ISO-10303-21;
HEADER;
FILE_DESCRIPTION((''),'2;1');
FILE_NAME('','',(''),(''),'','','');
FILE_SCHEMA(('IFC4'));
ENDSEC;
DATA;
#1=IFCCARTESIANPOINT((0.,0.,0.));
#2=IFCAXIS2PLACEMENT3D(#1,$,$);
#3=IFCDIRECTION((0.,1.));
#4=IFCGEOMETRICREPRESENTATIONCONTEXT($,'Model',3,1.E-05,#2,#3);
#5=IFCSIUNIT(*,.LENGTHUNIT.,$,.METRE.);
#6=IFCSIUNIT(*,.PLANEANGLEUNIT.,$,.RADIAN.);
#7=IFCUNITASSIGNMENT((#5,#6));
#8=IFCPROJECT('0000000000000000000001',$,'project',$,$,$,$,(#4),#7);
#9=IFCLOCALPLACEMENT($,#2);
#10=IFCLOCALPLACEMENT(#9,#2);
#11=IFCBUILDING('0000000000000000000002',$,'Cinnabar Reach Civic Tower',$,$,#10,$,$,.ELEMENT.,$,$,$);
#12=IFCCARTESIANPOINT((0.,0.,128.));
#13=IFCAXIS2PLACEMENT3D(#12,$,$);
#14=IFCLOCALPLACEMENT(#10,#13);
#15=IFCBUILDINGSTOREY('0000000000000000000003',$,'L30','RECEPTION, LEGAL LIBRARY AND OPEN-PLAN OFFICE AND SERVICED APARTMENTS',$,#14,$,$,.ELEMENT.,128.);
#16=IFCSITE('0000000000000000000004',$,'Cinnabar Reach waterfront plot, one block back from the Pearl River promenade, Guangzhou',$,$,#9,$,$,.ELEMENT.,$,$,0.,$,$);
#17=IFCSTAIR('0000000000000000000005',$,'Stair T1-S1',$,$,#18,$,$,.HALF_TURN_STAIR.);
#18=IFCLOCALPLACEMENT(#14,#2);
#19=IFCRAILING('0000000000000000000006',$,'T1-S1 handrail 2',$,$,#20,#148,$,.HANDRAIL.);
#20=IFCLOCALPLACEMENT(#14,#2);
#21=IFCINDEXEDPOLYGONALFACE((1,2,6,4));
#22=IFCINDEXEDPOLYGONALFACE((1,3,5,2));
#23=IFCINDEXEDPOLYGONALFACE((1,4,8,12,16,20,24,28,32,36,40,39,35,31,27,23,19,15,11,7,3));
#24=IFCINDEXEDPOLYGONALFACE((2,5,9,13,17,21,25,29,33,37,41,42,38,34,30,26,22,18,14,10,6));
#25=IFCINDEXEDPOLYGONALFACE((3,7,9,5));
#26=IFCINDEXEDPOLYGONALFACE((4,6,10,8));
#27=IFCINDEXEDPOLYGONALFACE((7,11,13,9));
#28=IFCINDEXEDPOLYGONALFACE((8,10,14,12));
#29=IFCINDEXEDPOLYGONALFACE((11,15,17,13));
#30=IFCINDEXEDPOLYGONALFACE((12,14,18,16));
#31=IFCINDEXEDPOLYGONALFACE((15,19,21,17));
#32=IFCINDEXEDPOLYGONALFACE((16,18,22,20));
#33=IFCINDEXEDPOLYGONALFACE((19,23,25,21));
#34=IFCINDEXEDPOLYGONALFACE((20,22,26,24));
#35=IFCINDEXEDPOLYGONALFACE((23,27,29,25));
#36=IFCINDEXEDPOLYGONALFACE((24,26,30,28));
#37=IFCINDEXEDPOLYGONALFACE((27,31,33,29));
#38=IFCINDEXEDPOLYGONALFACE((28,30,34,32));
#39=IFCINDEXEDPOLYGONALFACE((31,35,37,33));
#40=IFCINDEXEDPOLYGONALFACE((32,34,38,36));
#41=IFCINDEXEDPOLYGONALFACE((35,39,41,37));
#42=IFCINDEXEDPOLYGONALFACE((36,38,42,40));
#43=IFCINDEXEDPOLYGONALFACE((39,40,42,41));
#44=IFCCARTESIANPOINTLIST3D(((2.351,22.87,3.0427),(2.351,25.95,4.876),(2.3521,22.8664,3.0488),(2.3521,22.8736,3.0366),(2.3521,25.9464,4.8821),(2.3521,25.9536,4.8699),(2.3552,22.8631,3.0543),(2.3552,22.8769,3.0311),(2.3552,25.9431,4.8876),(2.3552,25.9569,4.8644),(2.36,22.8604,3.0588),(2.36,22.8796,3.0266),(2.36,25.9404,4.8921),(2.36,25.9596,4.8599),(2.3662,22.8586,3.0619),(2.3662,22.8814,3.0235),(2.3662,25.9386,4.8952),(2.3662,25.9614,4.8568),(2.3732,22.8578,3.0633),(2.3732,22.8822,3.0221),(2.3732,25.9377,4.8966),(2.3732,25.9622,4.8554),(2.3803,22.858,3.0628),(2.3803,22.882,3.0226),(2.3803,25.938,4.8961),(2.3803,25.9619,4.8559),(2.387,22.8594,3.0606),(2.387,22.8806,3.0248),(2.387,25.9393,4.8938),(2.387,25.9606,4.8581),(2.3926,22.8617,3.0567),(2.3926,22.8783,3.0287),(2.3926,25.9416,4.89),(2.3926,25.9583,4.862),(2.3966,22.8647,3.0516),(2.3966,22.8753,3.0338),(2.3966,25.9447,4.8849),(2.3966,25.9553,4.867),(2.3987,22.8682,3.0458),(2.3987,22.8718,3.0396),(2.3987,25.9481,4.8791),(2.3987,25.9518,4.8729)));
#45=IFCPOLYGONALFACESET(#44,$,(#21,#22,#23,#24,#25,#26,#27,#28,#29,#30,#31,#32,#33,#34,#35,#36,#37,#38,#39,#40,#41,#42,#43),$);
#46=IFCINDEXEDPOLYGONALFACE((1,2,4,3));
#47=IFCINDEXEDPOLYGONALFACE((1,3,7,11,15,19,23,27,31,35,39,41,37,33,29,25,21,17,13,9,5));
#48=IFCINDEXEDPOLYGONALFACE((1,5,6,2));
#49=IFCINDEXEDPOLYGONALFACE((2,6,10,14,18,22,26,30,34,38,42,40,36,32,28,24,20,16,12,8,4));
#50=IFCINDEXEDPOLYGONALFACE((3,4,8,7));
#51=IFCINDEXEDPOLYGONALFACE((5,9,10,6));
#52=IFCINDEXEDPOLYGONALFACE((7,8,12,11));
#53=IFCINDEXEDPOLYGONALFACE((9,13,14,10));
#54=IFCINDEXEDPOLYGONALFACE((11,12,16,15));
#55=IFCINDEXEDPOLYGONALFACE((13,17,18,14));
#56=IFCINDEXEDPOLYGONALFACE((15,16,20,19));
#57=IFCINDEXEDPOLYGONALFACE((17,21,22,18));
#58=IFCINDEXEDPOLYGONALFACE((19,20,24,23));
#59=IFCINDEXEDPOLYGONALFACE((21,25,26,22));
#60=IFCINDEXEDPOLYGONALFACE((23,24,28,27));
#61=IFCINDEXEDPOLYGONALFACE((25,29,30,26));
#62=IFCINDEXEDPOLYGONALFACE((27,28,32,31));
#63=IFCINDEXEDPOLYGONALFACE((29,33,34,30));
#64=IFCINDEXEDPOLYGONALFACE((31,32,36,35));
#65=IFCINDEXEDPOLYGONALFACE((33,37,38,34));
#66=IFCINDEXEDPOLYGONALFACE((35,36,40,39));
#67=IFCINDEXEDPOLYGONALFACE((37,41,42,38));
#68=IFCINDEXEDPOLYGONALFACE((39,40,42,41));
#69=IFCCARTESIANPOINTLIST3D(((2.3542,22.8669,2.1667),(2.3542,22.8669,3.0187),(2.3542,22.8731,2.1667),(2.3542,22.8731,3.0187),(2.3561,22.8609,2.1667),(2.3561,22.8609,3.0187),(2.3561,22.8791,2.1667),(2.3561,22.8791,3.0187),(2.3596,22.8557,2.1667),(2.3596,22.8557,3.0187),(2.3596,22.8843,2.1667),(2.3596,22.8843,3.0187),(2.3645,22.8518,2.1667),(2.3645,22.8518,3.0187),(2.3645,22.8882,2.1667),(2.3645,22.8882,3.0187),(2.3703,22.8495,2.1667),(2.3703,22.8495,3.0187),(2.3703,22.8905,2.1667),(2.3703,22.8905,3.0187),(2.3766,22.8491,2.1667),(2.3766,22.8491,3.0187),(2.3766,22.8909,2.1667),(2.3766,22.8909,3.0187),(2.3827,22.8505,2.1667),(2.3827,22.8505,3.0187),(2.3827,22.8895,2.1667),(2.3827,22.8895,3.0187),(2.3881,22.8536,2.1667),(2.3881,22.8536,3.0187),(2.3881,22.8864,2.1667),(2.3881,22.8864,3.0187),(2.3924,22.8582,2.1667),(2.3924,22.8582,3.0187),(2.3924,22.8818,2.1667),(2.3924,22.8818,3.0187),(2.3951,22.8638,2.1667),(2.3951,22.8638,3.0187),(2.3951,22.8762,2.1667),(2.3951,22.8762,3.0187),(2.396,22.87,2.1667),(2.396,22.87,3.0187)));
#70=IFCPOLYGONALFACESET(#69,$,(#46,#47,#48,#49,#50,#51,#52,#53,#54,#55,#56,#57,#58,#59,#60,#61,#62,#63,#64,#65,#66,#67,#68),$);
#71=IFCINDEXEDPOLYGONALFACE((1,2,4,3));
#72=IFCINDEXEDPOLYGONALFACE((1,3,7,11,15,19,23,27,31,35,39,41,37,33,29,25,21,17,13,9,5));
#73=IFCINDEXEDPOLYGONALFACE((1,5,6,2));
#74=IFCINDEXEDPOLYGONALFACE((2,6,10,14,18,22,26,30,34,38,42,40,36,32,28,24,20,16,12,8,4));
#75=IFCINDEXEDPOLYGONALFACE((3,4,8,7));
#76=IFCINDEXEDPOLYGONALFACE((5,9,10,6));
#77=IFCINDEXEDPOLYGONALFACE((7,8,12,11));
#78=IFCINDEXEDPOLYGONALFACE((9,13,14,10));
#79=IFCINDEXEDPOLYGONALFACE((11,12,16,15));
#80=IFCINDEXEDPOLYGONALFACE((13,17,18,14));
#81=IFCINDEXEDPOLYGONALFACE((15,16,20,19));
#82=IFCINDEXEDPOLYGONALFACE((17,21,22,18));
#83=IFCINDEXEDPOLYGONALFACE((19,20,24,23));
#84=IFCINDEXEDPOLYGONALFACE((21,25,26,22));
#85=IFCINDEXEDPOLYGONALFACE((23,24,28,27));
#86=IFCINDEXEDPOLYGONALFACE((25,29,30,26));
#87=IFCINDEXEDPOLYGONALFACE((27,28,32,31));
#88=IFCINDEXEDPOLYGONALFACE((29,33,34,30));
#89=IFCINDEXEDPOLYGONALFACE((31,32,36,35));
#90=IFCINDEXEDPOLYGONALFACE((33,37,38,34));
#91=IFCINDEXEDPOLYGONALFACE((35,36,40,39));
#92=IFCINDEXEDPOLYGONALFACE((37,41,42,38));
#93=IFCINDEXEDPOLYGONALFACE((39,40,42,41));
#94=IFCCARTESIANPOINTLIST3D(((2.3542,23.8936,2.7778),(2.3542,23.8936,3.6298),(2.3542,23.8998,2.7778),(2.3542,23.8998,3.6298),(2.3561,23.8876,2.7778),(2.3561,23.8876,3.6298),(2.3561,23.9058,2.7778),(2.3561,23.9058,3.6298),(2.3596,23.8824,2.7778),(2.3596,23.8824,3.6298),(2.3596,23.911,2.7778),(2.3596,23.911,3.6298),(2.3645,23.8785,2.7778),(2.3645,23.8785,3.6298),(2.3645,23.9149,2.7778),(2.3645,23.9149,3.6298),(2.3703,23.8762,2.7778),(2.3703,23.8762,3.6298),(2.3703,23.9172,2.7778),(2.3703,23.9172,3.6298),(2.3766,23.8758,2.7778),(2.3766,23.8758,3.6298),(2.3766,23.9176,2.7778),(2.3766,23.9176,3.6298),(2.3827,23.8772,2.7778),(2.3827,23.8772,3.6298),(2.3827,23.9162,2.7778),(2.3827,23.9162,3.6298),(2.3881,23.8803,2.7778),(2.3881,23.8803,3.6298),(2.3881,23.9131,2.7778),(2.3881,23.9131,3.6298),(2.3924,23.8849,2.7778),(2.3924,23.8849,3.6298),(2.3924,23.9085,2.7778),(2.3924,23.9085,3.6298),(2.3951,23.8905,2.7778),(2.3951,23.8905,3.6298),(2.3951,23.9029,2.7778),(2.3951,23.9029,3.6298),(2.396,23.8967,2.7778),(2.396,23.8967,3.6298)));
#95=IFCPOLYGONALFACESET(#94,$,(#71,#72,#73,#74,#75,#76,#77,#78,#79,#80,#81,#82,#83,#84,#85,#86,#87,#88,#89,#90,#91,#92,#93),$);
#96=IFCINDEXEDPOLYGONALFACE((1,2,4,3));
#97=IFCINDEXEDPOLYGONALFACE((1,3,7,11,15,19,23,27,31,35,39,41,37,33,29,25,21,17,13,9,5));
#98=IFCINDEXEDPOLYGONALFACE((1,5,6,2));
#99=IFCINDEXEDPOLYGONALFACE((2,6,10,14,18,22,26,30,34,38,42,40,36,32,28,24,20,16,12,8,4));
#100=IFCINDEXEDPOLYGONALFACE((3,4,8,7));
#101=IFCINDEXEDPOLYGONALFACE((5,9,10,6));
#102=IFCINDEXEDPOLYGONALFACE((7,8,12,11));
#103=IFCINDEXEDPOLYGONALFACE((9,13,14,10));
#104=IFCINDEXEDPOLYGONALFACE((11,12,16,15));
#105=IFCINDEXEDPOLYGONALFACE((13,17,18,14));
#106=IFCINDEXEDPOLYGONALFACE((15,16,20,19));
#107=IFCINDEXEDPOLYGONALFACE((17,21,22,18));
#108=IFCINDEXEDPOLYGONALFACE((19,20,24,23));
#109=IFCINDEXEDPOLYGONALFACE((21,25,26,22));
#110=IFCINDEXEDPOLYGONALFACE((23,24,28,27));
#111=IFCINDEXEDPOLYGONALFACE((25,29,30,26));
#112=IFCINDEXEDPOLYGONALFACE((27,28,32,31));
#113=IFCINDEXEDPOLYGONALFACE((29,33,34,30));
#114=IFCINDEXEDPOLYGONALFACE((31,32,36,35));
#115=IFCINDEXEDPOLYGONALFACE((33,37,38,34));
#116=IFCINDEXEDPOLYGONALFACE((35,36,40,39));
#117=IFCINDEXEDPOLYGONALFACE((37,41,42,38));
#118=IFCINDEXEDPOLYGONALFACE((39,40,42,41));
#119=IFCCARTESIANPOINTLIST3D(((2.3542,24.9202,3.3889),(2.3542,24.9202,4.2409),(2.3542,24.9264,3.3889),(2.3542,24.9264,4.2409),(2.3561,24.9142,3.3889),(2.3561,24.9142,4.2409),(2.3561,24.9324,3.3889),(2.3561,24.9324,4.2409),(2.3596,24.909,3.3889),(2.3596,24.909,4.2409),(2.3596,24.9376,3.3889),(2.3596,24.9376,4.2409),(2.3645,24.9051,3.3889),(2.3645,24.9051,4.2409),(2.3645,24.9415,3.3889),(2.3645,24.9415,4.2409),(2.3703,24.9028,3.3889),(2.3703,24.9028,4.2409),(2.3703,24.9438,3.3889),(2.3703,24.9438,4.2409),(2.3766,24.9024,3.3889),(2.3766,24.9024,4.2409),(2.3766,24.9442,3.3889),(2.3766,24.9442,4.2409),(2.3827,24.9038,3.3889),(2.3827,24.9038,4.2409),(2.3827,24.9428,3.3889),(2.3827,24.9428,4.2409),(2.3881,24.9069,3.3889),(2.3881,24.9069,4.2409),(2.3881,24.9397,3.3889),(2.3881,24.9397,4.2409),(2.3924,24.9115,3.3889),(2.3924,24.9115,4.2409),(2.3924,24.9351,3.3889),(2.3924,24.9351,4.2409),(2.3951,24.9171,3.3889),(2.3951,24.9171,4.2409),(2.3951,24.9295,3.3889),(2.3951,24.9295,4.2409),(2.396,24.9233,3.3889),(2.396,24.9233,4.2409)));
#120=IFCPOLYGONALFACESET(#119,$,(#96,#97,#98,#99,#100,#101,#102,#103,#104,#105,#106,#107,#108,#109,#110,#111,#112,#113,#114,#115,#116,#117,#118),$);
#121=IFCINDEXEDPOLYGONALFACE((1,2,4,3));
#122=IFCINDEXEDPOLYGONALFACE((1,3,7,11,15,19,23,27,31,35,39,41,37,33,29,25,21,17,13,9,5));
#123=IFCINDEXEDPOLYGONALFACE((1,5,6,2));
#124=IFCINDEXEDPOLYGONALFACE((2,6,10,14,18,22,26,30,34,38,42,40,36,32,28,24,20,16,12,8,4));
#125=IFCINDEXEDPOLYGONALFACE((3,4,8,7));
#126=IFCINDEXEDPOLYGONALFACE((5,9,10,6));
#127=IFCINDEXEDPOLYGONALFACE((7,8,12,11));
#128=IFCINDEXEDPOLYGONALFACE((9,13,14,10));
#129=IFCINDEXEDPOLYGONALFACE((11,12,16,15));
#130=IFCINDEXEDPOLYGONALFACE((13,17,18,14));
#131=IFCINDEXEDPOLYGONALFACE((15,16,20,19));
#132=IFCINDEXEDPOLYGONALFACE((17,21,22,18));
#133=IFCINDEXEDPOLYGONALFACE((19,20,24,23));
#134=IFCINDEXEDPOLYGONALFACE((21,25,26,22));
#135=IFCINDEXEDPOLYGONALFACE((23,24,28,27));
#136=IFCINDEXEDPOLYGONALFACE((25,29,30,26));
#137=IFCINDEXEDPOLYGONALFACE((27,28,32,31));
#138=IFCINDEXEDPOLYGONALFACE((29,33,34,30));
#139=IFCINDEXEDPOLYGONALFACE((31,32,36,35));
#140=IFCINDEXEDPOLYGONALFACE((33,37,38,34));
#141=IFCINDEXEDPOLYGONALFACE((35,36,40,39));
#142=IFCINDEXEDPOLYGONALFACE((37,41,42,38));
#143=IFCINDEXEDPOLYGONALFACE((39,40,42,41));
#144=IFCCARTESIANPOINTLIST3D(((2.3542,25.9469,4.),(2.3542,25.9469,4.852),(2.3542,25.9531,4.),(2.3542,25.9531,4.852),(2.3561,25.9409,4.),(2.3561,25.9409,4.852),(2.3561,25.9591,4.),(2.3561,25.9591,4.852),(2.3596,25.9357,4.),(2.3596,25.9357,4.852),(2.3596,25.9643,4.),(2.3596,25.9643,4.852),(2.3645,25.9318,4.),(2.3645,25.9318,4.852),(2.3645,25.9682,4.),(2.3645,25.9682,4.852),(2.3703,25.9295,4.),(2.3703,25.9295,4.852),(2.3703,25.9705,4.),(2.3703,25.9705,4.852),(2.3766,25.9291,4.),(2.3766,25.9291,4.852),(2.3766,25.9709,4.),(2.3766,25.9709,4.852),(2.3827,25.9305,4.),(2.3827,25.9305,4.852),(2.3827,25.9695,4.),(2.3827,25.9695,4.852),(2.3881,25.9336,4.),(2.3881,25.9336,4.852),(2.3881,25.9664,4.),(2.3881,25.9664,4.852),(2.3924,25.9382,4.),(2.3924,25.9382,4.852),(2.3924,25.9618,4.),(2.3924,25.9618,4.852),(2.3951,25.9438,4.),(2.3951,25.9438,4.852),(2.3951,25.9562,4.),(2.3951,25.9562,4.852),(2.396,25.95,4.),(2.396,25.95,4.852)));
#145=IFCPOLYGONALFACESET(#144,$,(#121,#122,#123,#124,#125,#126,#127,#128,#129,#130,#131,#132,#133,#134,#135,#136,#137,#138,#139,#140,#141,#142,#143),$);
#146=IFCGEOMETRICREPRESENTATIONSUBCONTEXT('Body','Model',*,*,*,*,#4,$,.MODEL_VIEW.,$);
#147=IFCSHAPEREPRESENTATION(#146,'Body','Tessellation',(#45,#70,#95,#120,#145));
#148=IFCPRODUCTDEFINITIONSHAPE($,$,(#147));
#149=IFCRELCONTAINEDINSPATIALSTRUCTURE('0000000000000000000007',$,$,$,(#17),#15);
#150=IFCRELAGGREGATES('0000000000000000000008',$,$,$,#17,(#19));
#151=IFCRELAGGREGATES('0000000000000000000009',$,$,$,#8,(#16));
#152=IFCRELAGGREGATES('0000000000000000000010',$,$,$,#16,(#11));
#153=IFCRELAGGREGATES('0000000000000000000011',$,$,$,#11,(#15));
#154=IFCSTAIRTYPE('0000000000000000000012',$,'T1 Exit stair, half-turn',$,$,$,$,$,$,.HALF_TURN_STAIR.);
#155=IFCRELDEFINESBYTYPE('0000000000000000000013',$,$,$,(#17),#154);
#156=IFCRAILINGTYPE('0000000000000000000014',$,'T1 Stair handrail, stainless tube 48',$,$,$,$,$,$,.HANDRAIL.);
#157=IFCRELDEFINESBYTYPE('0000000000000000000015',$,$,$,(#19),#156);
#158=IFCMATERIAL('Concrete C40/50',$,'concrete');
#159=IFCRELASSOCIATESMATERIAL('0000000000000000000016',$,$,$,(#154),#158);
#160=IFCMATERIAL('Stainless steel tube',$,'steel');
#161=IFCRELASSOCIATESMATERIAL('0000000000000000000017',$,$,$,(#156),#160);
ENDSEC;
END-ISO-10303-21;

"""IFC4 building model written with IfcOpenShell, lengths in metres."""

from ifc_helpers import new_model, si_unit, direction, frame, origin, origin_2d, place, context, subcontext, project, spatial, circle, extrude, material, type_object, element, aggregate, save


model = new_model("IFC4")

# Units and contexts
model_context = context("Model", 3, precision=1e-05, world=origin(), true_north=direction((0.0, 1.0)))
body_context = subcontext(model_context, "Body", "Model", "MODEL_VIEW")
ifc_project = project(units=[si_unit("LENGTHUNIT", "METRE"), si_unit("PLANEANGLEUNIT", "RADIAN")], contexts=[model_context])

# Site, building, storey
site_placement = place(None, origin())
site = spatial("IfcSite", under=ifc_project, at=site_placement, Name="Cinnabar Reach waterfront plot, one block back from the Pearl River promenade, Guangzhou", CompositionType="ELEMENT", RefElevation=0.0)
building_placement = place(site_placement, origin())
building = spatial("IfcBuilding", under=site, at=building_placement, Name="Cinnabar Reach Civic Tower", CompositionType="ELEMENT")
storey_placement = place(building_placement, frame((0.0, 0.0, 128.0)))
storey = spatial("IfcBuildingStorey", under=building, at=storey_placement, Name="L30", Description="RECEPTION, LEGAL LIBRARY AND OPEN-PLAN OFFICE AND SERVICED APARTMENTS", CompositionType="ELEMENT", Elevation=128.0)

# Stair, railing
ifc_material_1 = material(Name="Concrete C40/50", Category="concrete")
stair_type = type_object("IfcStairType", Name="T1 Exit stair, half-turn", PredefinedType="HALF_TURN_STAIR", material=ifc_material_1)
stair_placement = place(storey_placement, origin())
stair = element("IfcStair", 1, at=stair_placement, inside=storey, type_object=stair_type, Name="Stair T1-S1", PredefinedType="HALF_TURN_STAIR")
ifc_material_2 = material(Name="Stainless steel tube", Category="steel")
railing_type = type_object("IfcRailingType", Name="T1 Stair handrail, stainless tube 48", PredefinedType="HANDRAIL", material=ifc_material_2)
railing_placement = place(storey_placement, frame((2.375, 22.87, 2.1667)))
railing = element("IfcRailing", 2, at=railing_placement, type_object=railing_type, Name="T1-S1 handrail 2", PredefinedType="HANDRAIL", context=body_context, shape_type="SweptSolid", body=[
    extrude(circle(Radius=0.024, at=origin_2d()), frame((0.0, 0.0, 0.876), z_axis=(0.0, 0.859297, 0.511477), x_axis=(-1.0, 0.0, 0.0)), (0.0, 0.0, 1.0), 3.5843),
    extrude(circle(Radius=0.021, at=origin_2d()), origin(), (0.0, 0.0, 1.0), 0.852),
    extrude(circle(Radius=0.021, at=origin_2d()), frame((0.0, 1.0267, 0.6111)), (0.0, 0.0, 1.0), 0.852),
    extrude(circle(Radius=0.021, at=origin_2d()), frame((0.0, 2.0533, 1.2222)), (0.0, 0.0, 1.0), 0.852),
    extrude(circle(Radius=0.021, at=origin_2d()), frame((0.0, 3.08, 1.8333)), (0.0, 0.0, 1.0), 0.852),
])
aggregate(stair, [railing])

save(model, "model.ifc")
